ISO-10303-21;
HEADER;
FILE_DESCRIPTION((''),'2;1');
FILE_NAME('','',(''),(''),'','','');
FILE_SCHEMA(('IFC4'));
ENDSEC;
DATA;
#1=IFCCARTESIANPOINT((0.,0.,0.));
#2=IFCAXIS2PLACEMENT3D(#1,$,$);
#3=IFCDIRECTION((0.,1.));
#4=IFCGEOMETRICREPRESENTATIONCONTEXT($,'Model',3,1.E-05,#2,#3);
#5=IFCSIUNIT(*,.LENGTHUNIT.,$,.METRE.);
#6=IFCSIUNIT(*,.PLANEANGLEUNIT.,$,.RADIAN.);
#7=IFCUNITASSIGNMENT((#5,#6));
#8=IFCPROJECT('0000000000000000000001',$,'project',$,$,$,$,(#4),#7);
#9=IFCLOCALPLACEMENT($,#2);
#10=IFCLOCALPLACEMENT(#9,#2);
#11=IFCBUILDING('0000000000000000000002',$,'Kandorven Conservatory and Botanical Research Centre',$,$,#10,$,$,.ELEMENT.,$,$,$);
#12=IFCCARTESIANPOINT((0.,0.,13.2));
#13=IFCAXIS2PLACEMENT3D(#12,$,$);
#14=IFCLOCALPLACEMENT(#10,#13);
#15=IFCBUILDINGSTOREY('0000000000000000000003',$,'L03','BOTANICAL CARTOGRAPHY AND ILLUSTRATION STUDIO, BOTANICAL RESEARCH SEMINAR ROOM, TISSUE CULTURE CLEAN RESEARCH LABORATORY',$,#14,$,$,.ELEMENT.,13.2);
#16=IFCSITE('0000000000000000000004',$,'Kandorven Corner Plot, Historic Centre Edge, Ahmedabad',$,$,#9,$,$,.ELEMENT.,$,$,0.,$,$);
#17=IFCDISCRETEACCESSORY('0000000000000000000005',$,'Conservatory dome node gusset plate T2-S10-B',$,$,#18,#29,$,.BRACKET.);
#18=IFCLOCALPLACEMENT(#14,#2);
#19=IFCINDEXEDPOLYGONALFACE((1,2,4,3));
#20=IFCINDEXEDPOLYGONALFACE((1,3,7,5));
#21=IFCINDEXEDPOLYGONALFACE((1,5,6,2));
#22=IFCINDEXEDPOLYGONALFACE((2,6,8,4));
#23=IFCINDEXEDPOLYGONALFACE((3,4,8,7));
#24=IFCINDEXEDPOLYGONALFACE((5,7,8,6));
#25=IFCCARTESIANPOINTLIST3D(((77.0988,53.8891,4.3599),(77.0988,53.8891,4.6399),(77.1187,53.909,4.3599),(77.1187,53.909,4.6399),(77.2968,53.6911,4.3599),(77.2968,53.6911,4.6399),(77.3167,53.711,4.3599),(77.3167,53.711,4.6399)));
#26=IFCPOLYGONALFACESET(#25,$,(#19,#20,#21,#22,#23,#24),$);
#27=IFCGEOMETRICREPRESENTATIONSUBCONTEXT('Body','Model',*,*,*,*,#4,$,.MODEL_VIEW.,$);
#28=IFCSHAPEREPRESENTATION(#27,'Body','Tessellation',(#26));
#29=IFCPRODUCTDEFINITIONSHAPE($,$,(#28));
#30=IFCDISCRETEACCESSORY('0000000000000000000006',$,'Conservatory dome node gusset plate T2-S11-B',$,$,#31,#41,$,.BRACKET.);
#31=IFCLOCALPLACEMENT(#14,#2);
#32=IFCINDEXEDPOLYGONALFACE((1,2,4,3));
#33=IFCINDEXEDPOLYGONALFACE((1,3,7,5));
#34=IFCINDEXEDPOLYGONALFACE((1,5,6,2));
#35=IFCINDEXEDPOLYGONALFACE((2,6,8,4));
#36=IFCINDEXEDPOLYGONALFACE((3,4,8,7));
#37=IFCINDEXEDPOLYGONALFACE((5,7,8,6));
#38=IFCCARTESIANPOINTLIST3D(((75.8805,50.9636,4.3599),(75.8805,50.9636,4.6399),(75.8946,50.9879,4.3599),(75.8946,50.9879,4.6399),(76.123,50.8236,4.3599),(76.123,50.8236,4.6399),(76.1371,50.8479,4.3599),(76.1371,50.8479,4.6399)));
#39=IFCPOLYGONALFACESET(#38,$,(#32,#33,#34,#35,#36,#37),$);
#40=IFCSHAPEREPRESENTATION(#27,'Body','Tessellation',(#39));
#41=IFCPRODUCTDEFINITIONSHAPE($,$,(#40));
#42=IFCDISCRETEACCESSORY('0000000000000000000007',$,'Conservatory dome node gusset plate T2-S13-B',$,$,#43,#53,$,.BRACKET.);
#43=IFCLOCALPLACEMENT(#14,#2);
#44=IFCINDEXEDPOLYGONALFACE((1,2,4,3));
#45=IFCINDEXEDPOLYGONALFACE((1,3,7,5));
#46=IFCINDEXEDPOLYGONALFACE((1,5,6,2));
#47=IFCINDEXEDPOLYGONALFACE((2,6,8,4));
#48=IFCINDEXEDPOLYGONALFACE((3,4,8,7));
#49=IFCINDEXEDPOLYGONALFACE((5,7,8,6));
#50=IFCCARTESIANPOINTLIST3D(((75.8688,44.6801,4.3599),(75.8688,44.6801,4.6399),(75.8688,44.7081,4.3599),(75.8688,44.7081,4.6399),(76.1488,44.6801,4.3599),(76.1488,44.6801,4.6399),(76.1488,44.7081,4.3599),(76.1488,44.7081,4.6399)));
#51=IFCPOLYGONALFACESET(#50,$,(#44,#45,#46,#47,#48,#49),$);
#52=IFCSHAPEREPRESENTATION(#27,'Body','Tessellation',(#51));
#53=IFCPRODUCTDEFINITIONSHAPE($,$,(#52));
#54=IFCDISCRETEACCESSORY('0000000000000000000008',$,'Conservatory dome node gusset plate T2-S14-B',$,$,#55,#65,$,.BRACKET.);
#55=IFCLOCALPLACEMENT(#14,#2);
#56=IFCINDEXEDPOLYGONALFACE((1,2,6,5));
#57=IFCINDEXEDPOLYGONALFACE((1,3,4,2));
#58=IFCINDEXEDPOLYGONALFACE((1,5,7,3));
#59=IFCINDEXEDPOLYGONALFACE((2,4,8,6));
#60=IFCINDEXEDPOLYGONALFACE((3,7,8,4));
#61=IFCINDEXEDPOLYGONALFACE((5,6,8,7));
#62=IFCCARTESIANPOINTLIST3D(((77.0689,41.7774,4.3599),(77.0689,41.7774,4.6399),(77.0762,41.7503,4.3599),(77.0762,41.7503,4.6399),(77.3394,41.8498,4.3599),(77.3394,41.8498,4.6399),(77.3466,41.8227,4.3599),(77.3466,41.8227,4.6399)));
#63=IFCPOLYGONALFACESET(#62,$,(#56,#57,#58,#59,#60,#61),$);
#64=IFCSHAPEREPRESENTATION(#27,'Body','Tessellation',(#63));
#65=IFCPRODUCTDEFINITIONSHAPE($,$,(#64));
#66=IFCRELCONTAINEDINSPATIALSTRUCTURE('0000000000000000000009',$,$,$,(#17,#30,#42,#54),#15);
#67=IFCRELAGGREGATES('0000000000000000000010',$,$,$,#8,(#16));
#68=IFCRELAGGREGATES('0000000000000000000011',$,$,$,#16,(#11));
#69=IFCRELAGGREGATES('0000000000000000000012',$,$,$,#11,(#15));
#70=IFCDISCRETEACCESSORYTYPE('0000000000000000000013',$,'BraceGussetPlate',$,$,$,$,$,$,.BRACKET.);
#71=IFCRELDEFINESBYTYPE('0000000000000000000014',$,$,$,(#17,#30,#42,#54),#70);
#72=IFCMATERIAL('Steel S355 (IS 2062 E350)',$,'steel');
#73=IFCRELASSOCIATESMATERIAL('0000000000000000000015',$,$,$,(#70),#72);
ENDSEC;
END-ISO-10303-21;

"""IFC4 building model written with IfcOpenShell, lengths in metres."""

from ifc_helpers import new_model, si_unit, direction, frame, origin, origin_2d, place, context, subcontext, project, spatial, rectangle, extrude, material, type_object, element, save


model = new_model("IFC4")

# Units and contexts
model_context = context("Model", 3, precision=1e-05, world=origin(), true_north=direction((0.0, 1.0)))
body_context = subcontext(model_context, "Body", "Model", "MODEL_VIEW")
ifc_project = project(units=[si_unit("LENGTHUNIT", "METRE"), si_unit("PLANEANGLEUNIT", "RADIAN")], contexts=[model_context])

# Site, building, storey
site_placement = place(None, origin())
site = spatial("IfcSite", under=ifc_project, at=site_placement, Name="Kandorven Corner Plot, Historic Centre Edge, Ahmedabad", CompositionType="ELEMENT", RefElevation=0.0)
building_placement = place(site_placement, origin())
building = spatial("IfcBuilding", under=site, at=building_placement, Name="Kandorven Conservatory and Botanical Research Centre", CompositionType="ELEMENT")
storey_placement = place(building_placement, frame((0.0, 0.0, 13.2)))
storey = spatial("IfcBuildingStorey", under=building, at=storey_placement, Name="L03", Description="BOTANICAL CARTOGRAPHY AND ILLUSTRATION STUDIO, BOTANICAL RESEARCH SEMINAR ROOM, TISSUE CULTURE CLEAN RESEARCH LABORATORY", CompositionType="ELEMENT", Elevation=13.2)

# Discrete accessories
ifc_material_1 = material(Name="Steel S355 (IS 2062 E350)", Category="steel")
discrete_accessory_type = type_object("IfcDiscreteAccessoryType", Name="BraceGussetPlate", PredefinedType="BRACKET", material=ifc_material_1)
for number, where, z_axis, x_axis, name in (
    (1, (77.2078, 53.8, 4.3599), (0.0, 0.0, 1.0), (-0.707107, 0.707107, 0.0), "Conservatory dome node gusset plate T2-S10-B"),
    (2, (76.0088, 50.9058, 4.3599), (0.0, 0.0, 1.0), (-0.866025, 0.5, 0.0), "Conservatory dome node gusset plate T2-S11-B"),
    (3, (76.0088, 44.6941, 4.3599), (0.0, 0.0, 1.0), (-1.0, 0.0, 0.0), "Conservatory dome node gusset plate T2-S13-B"),
    (4, (77.2078, 41.8, 4.3599), (0.0, 0.0, 1.0), (-0.965926, -0.258819, 0.0), "Conservatory dome node gusset plate T2-S14-B"),
):
    element("IfcDiscreteAccessory", number, at=place(storey_placement, frame(where, z_axis=z_axis, x_axis=x_axis)), inside=storey, type_object=discrete_accessory_type, Name=name, PredefinedType="BRACKET", context=body_context, shape_type="SweptSolid", body=[
        extrude(rectangle(XDim=0.28, YDim=0.0281, at=origin_2d()), origin(), (0.0, 0.0, 1.0), 0.28),
    ])

save(model, "model.ifc")
